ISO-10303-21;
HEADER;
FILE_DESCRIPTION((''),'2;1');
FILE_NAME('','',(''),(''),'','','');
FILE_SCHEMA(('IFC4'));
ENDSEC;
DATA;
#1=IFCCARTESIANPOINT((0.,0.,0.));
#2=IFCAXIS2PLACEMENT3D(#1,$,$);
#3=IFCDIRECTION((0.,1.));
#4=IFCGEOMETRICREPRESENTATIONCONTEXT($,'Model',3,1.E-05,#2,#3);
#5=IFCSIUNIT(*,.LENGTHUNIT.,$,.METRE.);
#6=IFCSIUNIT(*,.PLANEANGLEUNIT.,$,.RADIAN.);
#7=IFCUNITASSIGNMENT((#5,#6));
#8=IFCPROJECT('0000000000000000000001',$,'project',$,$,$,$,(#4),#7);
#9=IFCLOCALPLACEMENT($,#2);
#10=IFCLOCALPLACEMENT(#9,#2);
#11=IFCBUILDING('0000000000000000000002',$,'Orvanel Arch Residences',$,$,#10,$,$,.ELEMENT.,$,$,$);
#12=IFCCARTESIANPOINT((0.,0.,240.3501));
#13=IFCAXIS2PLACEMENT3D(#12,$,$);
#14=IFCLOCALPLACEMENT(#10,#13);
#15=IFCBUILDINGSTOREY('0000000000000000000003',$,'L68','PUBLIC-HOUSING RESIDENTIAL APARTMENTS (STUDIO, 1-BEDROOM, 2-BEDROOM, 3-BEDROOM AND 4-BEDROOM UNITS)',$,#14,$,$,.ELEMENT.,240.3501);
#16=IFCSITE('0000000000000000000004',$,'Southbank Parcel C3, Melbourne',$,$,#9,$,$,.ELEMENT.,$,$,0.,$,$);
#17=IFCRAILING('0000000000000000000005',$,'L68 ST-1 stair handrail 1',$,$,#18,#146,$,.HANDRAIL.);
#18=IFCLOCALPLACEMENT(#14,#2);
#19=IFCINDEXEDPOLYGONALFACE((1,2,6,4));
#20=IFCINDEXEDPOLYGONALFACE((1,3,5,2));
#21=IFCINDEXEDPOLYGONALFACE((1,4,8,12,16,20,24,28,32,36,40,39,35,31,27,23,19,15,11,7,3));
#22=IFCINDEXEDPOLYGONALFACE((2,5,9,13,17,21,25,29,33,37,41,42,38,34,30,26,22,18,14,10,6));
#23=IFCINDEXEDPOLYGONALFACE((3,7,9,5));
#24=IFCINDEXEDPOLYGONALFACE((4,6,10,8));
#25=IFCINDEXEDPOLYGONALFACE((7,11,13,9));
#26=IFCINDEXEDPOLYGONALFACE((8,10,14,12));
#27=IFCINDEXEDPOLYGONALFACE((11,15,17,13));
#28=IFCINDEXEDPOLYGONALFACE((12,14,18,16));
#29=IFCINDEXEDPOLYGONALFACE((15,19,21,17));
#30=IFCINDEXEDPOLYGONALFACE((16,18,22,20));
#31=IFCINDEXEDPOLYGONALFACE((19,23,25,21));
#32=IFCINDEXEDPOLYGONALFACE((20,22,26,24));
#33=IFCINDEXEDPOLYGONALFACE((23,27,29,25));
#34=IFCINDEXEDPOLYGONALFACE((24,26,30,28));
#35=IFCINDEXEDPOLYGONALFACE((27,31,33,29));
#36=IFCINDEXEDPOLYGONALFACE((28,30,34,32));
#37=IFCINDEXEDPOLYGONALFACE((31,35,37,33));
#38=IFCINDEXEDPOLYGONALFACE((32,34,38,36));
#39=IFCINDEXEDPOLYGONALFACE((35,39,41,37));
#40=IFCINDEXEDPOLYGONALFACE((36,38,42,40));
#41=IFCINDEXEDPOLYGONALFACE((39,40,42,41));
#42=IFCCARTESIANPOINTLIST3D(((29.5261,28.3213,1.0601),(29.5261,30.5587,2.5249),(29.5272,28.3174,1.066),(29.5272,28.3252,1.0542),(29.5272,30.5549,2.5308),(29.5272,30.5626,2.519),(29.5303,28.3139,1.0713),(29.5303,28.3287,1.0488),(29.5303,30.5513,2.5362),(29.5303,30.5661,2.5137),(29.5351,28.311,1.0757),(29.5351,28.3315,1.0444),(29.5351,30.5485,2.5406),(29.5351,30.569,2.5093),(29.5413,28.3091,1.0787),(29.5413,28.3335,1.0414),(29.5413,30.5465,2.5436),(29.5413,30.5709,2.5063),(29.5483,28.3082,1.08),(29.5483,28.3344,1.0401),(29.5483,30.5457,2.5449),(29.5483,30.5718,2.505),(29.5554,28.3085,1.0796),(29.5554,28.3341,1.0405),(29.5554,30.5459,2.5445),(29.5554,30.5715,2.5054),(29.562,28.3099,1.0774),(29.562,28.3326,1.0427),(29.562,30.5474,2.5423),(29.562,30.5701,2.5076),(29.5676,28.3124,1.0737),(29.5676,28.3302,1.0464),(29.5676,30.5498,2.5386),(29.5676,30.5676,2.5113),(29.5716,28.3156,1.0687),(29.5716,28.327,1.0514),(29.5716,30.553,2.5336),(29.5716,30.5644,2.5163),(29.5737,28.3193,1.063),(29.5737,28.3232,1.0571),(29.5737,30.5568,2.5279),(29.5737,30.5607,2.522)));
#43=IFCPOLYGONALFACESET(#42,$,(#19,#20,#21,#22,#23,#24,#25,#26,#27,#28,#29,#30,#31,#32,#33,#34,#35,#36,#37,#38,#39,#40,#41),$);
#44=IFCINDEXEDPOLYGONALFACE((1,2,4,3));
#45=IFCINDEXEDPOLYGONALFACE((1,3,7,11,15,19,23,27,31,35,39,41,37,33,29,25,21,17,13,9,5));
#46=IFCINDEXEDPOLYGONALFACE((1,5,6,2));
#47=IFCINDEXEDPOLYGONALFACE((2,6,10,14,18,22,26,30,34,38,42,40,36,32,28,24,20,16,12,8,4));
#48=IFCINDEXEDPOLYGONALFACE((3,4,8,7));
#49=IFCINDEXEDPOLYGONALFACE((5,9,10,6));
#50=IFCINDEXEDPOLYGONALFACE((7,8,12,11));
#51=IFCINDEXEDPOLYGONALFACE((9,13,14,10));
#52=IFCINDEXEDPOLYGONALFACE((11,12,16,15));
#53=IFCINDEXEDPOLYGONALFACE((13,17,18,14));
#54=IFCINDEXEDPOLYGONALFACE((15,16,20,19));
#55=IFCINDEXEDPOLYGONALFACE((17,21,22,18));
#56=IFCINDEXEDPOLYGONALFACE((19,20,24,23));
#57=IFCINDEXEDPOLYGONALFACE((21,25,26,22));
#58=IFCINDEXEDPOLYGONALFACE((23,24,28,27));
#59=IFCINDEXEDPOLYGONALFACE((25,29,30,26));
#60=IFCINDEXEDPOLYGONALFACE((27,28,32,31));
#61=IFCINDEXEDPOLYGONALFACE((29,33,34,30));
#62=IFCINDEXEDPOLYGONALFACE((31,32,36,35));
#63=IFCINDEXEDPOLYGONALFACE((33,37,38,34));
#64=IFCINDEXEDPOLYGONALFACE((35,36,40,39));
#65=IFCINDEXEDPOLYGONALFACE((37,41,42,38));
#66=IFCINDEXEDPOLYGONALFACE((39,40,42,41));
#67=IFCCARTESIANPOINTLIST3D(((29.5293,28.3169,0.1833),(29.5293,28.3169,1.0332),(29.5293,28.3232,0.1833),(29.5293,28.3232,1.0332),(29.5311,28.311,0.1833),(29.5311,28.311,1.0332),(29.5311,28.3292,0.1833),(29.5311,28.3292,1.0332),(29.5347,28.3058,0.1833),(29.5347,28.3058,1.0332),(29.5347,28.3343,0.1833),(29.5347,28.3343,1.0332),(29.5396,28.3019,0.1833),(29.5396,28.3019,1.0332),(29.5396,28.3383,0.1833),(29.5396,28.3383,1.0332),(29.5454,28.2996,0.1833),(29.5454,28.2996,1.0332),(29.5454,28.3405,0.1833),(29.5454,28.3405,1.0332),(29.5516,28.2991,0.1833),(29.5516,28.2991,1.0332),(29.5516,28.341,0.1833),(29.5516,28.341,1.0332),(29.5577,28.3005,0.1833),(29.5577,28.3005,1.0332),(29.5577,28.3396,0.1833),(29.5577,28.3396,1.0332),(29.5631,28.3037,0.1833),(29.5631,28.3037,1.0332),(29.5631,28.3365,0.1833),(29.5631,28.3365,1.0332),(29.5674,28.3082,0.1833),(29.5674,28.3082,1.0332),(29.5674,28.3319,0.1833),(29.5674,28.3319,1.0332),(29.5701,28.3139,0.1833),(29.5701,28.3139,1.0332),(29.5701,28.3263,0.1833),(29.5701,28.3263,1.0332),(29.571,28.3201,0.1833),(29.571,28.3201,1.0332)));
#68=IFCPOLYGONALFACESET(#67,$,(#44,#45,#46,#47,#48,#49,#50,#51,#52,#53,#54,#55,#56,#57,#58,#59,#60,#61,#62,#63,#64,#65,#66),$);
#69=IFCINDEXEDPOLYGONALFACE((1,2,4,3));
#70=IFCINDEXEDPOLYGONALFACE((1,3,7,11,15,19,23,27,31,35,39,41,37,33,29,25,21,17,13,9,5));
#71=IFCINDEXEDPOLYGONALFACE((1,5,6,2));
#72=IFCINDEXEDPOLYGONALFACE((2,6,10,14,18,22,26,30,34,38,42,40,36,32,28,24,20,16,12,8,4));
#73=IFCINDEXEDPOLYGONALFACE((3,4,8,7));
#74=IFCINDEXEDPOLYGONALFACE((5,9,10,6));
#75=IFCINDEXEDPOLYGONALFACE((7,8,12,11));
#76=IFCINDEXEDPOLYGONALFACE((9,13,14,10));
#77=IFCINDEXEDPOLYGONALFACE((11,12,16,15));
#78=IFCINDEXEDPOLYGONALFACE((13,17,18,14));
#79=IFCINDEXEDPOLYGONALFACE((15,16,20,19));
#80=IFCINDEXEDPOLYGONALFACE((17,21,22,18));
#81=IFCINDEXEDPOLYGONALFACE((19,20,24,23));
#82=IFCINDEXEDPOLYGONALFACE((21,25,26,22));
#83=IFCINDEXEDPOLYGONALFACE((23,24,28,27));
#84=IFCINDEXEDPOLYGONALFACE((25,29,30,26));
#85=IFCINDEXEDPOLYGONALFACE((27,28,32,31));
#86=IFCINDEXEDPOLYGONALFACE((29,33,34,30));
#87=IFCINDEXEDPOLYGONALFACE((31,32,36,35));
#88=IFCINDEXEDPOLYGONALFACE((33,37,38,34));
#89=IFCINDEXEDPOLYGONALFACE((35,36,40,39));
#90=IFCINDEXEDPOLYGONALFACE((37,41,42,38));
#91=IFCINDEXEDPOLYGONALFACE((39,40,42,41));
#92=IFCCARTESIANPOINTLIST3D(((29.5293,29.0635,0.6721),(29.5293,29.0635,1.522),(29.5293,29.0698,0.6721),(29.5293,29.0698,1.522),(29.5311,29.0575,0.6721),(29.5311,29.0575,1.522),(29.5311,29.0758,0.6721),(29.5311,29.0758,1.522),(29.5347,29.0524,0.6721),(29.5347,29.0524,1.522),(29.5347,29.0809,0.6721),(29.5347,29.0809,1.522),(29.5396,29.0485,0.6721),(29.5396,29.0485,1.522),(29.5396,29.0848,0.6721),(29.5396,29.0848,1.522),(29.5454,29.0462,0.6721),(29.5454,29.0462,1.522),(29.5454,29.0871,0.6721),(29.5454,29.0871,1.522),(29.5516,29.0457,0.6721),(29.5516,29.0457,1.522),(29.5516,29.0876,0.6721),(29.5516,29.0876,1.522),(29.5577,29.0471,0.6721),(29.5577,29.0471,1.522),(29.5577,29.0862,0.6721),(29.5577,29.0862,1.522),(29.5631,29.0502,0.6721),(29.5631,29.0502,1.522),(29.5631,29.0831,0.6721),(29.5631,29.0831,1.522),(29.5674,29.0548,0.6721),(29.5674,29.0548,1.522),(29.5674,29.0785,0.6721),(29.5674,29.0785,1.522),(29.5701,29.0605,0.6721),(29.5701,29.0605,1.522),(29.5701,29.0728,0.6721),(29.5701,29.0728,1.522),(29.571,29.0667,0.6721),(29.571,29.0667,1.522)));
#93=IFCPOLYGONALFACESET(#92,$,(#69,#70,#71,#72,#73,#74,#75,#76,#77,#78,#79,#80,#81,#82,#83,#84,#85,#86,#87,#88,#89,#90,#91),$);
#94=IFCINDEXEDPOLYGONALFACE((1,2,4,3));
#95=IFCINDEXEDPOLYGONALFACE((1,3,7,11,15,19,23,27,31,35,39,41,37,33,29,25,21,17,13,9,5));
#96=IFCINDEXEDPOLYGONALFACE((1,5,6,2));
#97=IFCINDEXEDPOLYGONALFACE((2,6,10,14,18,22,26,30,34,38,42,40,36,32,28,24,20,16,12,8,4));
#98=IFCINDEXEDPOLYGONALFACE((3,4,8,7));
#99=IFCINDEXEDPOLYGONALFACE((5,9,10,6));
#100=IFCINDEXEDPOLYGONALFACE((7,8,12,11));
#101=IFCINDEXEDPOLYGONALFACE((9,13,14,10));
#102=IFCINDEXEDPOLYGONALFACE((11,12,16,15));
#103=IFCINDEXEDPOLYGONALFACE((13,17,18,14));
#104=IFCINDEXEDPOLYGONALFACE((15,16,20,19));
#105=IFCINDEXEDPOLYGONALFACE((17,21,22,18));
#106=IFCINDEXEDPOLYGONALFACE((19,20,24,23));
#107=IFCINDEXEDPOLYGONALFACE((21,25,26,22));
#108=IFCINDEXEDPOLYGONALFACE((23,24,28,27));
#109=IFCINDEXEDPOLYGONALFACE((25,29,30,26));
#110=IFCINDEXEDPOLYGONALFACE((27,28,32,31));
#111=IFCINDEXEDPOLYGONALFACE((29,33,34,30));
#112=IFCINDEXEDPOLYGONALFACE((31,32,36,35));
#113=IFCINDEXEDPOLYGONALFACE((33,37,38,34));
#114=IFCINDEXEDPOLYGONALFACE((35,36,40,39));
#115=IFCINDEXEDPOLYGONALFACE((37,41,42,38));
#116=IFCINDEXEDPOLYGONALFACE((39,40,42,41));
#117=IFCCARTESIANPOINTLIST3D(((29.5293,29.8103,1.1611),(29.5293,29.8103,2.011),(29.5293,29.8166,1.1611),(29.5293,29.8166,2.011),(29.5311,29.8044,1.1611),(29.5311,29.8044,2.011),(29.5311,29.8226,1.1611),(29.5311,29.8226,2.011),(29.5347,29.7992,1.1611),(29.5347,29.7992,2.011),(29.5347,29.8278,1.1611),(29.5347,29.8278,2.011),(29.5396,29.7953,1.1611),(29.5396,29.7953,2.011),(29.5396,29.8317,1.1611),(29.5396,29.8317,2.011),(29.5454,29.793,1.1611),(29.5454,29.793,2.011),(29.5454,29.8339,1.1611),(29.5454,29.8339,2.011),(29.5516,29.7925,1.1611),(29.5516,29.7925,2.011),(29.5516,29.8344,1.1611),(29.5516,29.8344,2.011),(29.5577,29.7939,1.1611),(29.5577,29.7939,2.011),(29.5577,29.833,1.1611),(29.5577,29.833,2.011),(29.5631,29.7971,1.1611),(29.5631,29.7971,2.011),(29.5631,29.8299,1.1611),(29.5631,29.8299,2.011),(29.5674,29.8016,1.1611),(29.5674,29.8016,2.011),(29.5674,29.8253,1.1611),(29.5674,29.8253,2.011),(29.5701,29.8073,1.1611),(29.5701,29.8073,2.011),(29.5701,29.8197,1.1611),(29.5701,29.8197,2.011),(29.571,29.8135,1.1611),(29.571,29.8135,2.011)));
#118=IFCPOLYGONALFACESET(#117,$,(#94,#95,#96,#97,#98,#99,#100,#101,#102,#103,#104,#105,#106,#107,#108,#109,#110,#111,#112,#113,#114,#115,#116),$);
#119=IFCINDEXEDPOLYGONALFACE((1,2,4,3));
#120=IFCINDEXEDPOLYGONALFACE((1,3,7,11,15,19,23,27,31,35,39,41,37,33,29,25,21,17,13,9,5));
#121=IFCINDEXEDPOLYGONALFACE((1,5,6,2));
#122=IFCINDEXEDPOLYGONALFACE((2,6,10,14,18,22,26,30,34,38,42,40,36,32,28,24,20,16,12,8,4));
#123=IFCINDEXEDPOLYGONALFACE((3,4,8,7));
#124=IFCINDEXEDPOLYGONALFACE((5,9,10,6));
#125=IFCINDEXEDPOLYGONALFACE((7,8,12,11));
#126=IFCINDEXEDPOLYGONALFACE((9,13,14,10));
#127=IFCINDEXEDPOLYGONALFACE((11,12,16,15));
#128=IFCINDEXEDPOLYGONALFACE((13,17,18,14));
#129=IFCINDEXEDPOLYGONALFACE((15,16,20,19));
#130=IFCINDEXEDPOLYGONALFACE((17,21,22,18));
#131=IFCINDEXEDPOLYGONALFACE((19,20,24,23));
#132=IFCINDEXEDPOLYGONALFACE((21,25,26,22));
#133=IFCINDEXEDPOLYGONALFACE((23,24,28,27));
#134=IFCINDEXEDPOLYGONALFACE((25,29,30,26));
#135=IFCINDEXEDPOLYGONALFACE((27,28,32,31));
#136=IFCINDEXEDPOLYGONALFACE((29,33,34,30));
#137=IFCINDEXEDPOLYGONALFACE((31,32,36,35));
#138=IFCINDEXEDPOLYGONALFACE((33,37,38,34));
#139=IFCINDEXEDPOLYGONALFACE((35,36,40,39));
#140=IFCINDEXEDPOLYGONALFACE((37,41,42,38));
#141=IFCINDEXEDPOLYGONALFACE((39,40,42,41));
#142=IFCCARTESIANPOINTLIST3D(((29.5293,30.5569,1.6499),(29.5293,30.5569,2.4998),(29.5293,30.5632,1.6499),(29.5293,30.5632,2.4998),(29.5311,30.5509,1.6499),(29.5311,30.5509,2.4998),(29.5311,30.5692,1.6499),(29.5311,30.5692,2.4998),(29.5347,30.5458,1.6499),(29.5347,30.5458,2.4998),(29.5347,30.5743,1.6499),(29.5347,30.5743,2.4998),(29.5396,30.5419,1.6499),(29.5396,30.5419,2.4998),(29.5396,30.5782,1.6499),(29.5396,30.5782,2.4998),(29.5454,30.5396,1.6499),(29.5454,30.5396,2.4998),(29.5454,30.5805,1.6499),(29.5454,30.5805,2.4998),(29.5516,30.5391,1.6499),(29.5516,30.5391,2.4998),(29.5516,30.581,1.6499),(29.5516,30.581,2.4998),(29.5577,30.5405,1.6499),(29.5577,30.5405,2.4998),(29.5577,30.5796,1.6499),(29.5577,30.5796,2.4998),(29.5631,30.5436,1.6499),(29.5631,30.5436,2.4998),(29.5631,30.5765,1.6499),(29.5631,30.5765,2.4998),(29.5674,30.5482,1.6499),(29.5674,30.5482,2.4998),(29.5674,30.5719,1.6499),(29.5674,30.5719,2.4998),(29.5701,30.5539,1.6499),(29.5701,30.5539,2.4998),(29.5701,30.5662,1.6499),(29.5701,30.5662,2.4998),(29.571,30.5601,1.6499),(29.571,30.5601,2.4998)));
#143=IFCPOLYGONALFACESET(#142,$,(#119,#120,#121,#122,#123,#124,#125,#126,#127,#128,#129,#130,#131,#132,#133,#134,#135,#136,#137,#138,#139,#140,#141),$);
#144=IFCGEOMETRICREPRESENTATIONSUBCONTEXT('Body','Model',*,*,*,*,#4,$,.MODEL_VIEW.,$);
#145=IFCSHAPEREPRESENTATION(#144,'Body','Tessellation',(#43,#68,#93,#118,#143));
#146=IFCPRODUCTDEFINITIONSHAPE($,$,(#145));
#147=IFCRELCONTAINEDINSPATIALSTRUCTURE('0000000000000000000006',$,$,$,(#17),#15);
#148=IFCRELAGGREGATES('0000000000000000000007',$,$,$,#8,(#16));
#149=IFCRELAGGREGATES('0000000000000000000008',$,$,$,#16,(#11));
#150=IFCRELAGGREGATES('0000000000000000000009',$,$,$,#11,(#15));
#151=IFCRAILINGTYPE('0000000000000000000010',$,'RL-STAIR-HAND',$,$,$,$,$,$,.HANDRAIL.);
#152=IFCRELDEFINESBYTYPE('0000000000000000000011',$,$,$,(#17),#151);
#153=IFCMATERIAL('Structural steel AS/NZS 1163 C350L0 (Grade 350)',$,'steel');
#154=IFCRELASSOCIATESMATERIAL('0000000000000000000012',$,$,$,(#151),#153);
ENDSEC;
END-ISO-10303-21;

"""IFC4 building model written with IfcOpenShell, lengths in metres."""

from ifc_helpers import new_model, si_unit, direction, frame, origin, origin_2d, place, context, subcontext, project, spatial, circle, extrude, material, type_object, element, save


model = new_model("IFC4")

# Units and contexts
model_context = context("Model", 3, precision=1e-05, world=origin(), true_north=direction((0.0, 1.0)))
body_context = subcontext(model_context, "Body", "Model", "MODEL_VIEW")
ifc_project = project(units=[si_unit("LENGTHUNIT", "METRE"), si_unit("PLANEANGLEUNIT", "RADIAN")], contexts=[model_context])

# Site, building, storey
site_placement = place(None, origin())
site = spatial("IfcSite", under=ifc_project, at=site_placement, Name="Southbank Parcel C3, Melbourne", CompositionType="ELEMENT", RefElevation=0.0)
building_placement = place(site_placement, origin())
building = spatial("IfcBuilding", under=site, at=building_placement, Name="Orvanel Arch Residences", CompositionType="ELEMENT")
storey_placement = place(building_placement, frame((0.0, 0.0, 240.3501)))
storey = spatial("IfcBuildingStorey", under=building, at=storey_placement, Name="L68", Description="PUBLIC-HOUSING RESIDENTIAL APARTMENTS (STUDIO, 1-BEDROOM, 2-BEDROOM, 3-BEDROOM AND 4-BEDROOM UNITS)", CompositionType="ELEMENT", Elevation=240.3501)

# Railing
ifc_material_1 = material(Name="Structural steel AS/NZS 1163 C350L0 (Grade 350)", Category="steel")
railing_type_1 = type_object("IfcRailingType", Name="RL-STAIR-HAND", PredefinedType="HANDRAIL", material=ifc_material_1)
railing_1_placement = place(storey_placement, frame((29.55, 28.3201, 0.1833)))
element("IfcRailing", 1, at=railing_1_placement, inside=storey, type_object=railing_type_1, Name="L68 ST-1 stair handrail 1", PredefinedType="HANDRAIL", context=body_context, shape_type="SweptSolid", body=[
    extrude(circle(Radius=0.0239, at=origin_2d()), frame((0.0, 0.0012, 0.8767), z_axis=(0.0, 0.836637, 0.547758), x_axis=(-1.0, 0.0, 0.0)), (0.0, 0.0, 1.0), 2.6743),
    extrude(circle(Radius=0.021, at=origin_2d()), origin(), (0.0, 0.0, 1.0), 0.8499),
    extrude(circle(Radius=0.021, at=origin_2d()), frame((0.0, 0.7466, 0.4888)), (0.0, 0.0, 1.0), 0.8499),
    extrude(circle(Radius=0.021, at=origin_2d()), frame((0.0, 1.4934, 0.9778)), (0.0, 0.0, 1.0), 0.8499),
    extrude(circle(Radius=0.021, at=origin_2d()), frame((0.0, 2.24, 1.4666)), (0.0, 0.0, 1.0), 0.8499),
])

save(model, "model.ifc")
